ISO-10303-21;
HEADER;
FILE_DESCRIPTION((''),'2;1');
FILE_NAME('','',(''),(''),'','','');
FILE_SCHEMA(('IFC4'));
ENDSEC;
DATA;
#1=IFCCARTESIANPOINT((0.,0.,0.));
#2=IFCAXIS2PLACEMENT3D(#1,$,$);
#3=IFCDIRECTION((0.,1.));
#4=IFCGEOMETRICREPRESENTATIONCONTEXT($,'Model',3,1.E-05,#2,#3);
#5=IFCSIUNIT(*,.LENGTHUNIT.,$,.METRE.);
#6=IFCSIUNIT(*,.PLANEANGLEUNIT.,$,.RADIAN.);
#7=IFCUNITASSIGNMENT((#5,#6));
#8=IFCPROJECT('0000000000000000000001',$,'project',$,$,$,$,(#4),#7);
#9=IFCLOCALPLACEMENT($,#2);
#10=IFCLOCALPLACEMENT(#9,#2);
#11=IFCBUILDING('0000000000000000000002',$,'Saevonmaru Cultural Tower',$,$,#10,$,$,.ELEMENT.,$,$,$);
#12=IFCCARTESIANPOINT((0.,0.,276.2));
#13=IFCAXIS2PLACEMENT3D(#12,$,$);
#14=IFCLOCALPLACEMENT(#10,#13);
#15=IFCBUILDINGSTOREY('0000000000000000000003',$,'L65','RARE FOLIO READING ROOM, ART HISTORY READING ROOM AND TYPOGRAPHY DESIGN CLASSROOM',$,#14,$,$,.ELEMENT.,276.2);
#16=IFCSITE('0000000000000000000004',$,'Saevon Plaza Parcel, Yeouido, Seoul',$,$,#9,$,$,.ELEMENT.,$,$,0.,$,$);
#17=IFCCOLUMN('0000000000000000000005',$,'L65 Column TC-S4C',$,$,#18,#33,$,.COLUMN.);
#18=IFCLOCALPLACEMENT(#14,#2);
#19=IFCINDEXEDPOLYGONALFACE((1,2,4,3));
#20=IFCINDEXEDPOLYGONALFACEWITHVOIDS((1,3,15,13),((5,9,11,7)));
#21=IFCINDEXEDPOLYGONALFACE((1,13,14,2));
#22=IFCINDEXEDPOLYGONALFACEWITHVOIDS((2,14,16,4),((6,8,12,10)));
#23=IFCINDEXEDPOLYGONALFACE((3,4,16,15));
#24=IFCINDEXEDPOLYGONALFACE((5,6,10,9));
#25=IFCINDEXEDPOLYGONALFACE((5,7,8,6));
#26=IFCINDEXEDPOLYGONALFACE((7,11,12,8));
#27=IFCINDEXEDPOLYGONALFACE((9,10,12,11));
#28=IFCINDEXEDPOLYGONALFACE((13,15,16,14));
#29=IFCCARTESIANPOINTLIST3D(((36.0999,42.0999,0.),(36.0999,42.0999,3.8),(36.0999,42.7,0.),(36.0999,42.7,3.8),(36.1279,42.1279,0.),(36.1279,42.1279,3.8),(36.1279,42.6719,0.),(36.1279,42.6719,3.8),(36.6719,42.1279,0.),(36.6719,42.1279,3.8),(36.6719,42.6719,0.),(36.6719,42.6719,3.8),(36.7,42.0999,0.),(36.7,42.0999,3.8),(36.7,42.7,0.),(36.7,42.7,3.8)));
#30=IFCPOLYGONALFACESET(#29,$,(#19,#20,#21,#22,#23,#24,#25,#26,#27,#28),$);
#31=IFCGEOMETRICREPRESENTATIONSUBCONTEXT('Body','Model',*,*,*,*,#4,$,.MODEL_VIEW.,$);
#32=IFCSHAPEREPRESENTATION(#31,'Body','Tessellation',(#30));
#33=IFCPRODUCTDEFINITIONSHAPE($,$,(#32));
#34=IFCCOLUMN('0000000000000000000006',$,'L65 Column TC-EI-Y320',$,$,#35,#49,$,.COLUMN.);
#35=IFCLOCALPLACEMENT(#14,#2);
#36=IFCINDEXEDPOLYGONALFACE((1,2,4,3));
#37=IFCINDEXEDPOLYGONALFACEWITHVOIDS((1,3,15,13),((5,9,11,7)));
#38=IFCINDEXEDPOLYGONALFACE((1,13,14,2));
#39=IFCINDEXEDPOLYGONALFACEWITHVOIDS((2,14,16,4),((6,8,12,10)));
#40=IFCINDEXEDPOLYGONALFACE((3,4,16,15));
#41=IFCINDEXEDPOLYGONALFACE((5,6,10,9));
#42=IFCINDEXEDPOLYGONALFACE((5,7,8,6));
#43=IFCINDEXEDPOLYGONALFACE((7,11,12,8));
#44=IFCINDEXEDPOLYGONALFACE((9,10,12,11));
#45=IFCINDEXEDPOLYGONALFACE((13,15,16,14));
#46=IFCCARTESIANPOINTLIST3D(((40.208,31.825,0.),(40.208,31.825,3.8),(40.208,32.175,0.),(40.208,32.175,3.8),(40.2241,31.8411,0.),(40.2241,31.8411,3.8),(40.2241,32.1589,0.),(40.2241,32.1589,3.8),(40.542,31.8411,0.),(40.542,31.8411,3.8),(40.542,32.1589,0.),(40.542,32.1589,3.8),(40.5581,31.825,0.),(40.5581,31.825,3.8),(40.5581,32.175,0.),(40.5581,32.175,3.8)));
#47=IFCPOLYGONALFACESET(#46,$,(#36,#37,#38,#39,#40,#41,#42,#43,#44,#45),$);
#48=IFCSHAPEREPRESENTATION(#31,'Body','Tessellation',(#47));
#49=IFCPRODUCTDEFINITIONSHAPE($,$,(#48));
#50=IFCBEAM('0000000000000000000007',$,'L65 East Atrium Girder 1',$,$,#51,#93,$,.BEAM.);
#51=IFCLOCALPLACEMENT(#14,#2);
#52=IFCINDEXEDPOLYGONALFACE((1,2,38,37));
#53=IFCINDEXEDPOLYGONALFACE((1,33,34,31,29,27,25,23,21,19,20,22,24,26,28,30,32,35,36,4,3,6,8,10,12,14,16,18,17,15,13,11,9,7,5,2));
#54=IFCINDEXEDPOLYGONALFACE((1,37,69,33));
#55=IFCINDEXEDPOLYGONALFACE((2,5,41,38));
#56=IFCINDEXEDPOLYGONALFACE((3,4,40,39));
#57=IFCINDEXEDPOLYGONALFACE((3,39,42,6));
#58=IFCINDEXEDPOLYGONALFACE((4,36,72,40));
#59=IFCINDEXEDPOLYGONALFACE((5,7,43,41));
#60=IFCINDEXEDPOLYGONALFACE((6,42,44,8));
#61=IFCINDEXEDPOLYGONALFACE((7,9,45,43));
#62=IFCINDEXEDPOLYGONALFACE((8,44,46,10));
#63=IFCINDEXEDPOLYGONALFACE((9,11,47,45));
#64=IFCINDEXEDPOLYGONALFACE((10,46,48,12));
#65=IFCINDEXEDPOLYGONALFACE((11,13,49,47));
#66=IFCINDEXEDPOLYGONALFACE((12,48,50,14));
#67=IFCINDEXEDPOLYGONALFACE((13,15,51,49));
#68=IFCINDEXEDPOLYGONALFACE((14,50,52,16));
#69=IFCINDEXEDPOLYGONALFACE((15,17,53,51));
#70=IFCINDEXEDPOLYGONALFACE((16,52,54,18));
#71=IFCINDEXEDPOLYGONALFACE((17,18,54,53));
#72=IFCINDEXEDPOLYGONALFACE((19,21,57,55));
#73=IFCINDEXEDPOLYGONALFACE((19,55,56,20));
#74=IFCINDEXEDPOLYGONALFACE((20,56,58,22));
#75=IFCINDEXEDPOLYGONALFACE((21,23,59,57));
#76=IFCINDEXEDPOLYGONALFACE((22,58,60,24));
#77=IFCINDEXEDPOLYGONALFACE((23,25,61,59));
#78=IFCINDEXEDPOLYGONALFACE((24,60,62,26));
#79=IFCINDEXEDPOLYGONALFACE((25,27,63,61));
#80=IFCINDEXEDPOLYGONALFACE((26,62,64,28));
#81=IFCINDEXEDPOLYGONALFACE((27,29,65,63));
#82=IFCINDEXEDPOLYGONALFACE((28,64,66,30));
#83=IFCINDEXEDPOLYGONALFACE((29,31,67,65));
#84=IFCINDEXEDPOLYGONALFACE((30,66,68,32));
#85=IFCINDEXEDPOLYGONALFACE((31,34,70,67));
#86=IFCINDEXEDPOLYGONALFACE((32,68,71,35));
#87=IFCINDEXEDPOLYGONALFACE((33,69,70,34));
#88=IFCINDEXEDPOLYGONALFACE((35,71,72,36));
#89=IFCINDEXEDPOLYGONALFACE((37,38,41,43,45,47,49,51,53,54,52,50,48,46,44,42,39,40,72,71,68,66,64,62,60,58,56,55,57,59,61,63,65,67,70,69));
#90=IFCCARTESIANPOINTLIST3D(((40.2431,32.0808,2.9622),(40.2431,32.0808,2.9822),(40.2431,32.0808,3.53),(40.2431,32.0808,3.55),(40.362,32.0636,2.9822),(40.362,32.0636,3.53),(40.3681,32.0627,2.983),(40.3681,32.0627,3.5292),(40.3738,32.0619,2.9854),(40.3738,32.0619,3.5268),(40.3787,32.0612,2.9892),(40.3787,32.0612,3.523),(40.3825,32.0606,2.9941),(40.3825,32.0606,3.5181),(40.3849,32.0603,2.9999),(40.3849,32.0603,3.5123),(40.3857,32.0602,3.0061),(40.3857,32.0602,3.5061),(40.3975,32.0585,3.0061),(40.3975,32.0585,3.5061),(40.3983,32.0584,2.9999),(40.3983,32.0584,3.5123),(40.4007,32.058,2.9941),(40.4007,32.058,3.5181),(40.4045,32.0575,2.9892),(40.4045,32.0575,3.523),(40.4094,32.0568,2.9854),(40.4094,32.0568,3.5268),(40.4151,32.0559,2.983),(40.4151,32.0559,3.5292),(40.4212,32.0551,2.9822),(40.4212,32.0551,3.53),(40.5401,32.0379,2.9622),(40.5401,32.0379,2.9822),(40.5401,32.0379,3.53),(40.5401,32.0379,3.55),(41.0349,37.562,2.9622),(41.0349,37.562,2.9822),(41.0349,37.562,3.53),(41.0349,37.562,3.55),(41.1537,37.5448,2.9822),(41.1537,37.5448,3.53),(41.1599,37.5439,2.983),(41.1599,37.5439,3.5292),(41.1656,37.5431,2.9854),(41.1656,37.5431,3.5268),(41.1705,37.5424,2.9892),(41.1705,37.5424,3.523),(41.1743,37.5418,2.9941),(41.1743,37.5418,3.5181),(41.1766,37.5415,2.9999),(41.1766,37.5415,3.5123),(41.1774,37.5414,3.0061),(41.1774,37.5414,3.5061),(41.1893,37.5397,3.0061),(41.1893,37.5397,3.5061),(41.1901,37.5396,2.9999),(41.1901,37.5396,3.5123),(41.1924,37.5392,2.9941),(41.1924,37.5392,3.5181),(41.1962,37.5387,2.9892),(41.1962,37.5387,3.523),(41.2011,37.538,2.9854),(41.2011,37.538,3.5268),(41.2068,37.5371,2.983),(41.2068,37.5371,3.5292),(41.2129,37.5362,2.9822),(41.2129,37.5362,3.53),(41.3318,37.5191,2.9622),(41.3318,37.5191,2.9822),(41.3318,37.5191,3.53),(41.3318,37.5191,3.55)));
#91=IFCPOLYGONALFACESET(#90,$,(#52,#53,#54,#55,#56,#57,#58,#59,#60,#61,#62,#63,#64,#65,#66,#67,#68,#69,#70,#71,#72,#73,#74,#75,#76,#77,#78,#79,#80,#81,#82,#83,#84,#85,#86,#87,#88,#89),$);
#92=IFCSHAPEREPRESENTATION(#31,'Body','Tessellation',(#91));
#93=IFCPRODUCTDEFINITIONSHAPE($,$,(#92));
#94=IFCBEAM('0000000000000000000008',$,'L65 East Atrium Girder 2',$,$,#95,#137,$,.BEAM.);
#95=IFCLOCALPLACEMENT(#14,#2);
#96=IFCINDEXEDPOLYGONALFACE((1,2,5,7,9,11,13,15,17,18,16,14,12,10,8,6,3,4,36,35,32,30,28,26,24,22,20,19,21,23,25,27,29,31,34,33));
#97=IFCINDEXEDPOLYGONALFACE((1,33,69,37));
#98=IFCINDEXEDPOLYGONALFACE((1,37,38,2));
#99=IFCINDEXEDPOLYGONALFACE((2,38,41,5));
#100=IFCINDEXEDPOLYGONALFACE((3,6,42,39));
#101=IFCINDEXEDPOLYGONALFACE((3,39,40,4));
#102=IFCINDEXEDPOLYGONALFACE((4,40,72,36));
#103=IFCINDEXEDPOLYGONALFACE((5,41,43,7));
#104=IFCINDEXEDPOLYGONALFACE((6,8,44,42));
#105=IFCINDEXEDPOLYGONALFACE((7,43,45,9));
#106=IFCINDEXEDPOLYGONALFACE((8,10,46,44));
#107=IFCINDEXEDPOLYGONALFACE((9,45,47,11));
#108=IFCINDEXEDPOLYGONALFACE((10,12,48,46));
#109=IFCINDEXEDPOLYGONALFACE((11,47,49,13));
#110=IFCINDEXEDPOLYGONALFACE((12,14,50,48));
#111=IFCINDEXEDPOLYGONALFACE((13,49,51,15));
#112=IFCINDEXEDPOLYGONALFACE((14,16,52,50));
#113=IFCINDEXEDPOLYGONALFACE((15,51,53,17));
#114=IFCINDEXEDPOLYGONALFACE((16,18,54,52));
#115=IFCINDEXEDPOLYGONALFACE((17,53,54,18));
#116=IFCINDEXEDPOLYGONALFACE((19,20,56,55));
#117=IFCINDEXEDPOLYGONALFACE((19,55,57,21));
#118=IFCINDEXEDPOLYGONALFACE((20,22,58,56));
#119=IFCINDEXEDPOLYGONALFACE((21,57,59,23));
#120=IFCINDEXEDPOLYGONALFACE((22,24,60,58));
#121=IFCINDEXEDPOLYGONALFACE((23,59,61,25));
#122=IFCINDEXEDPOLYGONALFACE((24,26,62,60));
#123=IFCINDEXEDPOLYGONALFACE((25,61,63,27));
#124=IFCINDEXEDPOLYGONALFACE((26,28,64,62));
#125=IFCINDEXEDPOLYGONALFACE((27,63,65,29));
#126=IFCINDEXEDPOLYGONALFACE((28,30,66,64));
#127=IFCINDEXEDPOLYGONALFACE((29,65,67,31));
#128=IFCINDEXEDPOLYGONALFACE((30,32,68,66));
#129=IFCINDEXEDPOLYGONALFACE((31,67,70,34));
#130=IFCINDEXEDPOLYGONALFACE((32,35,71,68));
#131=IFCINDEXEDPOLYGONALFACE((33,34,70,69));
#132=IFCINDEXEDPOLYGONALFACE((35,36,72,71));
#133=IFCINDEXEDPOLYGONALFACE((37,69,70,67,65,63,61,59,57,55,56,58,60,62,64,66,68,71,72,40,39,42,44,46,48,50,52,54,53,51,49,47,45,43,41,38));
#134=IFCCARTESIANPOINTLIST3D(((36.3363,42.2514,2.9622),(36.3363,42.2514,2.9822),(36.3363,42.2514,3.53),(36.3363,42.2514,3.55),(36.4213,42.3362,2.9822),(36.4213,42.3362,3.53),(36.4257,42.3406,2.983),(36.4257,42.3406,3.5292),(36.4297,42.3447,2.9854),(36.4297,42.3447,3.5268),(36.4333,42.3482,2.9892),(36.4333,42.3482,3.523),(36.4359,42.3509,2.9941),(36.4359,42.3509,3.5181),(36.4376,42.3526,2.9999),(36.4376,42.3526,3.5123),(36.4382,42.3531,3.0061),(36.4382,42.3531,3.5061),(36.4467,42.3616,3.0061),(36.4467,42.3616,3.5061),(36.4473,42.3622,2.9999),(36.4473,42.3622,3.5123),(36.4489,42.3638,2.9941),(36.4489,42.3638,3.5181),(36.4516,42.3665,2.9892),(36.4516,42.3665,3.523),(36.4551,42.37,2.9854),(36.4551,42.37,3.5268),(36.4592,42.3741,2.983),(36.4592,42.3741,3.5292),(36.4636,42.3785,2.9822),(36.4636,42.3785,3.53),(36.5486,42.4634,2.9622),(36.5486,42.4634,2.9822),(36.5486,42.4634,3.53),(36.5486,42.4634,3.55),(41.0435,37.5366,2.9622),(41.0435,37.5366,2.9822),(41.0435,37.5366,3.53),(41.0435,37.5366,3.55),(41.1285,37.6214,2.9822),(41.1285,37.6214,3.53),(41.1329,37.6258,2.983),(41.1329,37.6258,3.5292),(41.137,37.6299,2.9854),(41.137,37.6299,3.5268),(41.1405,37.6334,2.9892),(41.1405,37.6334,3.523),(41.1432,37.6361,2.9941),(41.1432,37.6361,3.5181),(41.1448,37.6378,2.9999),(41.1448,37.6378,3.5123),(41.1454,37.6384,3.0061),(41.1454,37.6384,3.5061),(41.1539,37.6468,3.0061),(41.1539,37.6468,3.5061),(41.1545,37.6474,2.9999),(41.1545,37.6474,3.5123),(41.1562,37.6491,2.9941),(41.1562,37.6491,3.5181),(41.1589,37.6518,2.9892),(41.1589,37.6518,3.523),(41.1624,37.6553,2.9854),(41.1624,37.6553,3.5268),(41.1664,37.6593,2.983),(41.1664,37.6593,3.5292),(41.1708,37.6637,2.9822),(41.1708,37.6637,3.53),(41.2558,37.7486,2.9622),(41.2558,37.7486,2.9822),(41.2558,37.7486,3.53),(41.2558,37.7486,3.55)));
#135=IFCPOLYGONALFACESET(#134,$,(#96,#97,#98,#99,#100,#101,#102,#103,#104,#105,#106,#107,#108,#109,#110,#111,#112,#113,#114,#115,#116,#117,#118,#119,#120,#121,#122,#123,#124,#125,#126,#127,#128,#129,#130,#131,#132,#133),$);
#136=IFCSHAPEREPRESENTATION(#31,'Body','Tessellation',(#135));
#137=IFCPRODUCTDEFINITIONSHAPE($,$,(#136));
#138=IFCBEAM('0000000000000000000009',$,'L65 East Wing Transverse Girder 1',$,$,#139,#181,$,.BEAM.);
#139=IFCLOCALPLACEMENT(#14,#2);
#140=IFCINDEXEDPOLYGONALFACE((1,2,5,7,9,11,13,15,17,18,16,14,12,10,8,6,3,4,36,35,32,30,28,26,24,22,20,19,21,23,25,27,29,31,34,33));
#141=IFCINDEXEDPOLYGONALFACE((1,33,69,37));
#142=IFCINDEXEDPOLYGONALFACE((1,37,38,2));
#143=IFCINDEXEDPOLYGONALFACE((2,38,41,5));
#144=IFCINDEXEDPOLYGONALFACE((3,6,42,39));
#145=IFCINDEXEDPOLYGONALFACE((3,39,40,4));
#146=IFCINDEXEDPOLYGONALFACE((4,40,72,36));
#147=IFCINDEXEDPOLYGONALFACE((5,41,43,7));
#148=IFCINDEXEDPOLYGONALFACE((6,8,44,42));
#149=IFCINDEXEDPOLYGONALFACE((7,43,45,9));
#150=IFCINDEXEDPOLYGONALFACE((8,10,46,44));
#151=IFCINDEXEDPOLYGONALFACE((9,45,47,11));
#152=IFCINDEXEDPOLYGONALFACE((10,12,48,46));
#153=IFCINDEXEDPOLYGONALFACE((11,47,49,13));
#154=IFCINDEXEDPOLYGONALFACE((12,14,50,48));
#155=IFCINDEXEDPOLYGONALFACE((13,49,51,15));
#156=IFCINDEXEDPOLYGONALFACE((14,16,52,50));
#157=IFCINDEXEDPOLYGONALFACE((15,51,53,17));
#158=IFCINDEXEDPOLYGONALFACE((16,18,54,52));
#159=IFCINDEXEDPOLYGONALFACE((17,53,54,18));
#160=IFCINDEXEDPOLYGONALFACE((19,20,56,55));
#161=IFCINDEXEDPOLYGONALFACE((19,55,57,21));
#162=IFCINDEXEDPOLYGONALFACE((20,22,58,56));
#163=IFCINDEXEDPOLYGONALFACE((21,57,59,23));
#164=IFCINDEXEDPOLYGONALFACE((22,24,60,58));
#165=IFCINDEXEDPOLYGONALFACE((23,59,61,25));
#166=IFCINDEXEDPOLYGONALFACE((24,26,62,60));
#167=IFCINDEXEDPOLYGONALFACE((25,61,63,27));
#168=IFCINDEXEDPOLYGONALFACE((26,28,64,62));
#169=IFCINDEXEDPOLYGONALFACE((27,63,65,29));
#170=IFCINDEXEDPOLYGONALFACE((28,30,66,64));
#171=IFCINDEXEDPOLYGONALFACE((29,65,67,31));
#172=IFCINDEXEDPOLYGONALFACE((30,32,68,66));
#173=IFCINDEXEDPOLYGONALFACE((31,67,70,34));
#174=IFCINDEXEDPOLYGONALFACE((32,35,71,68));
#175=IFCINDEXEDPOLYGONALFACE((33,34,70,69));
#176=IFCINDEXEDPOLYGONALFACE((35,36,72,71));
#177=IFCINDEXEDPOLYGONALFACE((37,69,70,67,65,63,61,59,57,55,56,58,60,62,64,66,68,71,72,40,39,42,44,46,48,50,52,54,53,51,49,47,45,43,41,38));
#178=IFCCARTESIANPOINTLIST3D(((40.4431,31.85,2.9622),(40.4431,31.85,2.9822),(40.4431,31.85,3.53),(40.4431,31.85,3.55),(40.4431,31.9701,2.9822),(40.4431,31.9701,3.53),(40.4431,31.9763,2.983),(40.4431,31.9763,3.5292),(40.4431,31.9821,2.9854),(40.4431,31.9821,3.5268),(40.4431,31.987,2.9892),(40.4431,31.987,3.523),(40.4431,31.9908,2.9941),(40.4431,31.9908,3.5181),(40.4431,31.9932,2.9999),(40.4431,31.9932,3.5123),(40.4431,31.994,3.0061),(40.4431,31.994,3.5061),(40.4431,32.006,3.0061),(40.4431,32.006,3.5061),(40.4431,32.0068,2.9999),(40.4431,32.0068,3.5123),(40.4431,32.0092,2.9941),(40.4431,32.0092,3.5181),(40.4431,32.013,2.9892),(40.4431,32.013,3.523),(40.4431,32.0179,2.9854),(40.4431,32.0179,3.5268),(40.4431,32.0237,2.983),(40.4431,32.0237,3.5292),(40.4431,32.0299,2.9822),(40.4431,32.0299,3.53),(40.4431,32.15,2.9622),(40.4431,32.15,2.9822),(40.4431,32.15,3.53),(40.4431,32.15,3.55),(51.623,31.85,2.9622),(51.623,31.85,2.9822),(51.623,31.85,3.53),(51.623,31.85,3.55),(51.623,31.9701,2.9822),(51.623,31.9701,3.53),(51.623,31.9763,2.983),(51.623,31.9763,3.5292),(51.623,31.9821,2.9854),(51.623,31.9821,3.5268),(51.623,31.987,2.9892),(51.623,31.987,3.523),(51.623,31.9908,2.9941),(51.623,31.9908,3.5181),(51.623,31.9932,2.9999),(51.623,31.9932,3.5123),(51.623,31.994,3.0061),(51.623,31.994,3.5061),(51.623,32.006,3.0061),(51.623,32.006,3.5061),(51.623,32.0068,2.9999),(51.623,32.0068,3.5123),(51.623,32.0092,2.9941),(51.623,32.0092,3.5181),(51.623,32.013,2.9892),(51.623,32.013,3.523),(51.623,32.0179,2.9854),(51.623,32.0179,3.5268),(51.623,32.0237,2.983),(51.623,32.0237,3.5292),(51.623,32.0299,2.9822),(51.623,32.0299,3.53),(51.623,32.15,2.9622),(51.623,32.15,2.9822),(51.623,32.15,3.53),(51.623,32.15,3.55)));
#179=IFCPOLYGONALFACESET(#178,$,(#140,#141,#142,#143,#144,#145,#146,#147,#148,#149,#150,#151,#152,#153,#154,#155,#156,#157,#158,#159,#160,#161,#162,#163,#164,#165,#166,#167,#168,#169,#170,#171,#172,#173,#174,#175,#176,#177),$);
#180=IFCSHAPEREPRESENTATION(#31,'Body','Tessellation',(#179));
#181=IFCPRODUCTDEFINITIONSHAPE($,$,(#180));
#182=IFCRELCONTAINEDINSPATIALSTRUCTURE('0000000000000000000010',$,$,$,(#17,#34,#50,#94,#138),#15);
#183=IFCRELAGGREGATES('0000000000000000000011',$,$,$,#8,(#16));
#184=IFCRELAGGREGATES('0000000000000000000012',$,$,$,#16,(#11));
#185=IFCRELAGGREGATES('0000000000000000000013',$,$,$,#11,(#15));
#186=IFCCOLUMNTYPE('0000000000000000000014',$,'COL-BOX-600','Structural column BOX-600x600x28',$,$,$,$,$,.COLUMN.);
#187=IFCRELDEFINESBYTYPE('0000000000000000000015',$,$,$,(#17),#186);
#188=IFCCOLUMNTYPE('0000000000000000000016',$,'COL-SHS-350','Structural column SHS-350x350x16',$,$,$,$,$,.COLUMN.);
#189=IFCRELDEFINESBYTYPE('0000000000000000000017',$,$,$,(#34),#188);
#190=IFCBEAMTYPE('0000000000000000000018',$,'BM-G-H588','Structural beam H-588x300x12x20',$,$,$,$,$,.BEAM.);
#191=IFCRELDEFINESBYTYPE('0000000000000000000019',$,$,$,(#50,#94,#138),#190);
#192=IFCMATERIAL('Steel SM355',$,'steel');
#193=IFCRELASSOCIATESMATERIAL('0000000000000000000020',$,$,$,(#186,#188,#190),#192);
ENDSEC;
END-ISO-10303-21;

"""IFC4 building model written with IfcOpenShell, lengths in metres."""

from ifc_helpers import new_model, si_unit, direction, frame, origin, origin_2d, place, context, subcontext, project, spatial, hollow_rectangle, i_section, extrude, material, material_profile, profile_set, type_object, element, save


model = new_model("IFC4")

# Units and contexts
model_context = context("Model", 3, precision=1e-05, world=origin(), true_north=direction((0.0, 1.0)))
body_context = subcontext(model_context, "Body", "Model", "MODEL_VIEW")
ifc_project = project(units=[si_unit("LENGTHUNIT", "METRE"), si_unit("PLANEANGLEUNIT", "RADIAN")], contexts=[model_context])

# Site, building, storey
site_placement = place(None, origin())
site = spatial("IfcSite", under=ifc_project, at=site_placement, Name="Saevon Plaza Parcel, Yeouido, Seoul", CompositionType="ELEMENT", RefElevation=0.0)
building_placement = place(site_placement, origin())
building = spatial("IfcBuilding", under=site, at=building_placement, Name="Saevonmaru Cultural Tower", CompositionType="ELEMENT")
storey_placement = place(building_placement, frame((0.0, 0.0, 276.2)))
storey = spatial("IfcBuildingStorey", under=building, at=storey_placement, Name="L65", Description="RARE FOLIO READING ROOM, ART HISTORY READING ROOM AND TYPOGRAPHY DESIGN CLASSROOM", CompositionType="ELEMENT", Elevation=276.2)

# Columns
ifc_material_1 = material(Name="Steel SM355", Category="steel")
ifc_material_profile_1 = material_profile(ifc_material_1, hollow_rectangle(XDim=0.6001, YDim=0.6001, WallThickness=0.0281, at=origin_2d()), Name="BOX-600x600x28")
ifc_profile_set_1 = profile_set([ifc_material_profile_1], Name="Steel SM355")
column_type_1 = type_object("IfcColumnType", Name="COL-BOX-600", Description="Structural column BOX-600x600x28", PredefinedType="COLUMN", material=ifc_profile_set_1)
column_1_placement = place(storey_placement, frame((36.3999, 42.3999, 0.0), z_axis=(0.0, 0.0, 1.0), x_axis=(1.0, 0.0, 0.0)))
element("IfcColumn", 1, at=column_1_placement, inside=storey, type_object=column_type_1, Name="L65 Column TC-S4C", PredefinedType="COLUMN", context=body_context, shape_type="SweptSolid", body=[
    extrude(hollow_rectangle(XDim=0.6001, YDim=0.6001, WallThickness=0.0281, at=origin_2d()), origin(), (0.0, 0.0, 1.0), 3.8),
])
ifc_material_profile_2 = material_profile(ifc_material_1, hollow_rectangle(XDim=0.3501, YDim=0.3501, WallThickness=0.0161, at=origin_2d()), Name="SHS-350x350x16")
ifc_profile_set_2 = profile_set([ifc_material_profile_2], Name="Steel SM355")
column_type_2 = type_object("IfcColumnType", Name="COL-SHS-350", Description="Structural column SHS-350x350x16", PredefinedType="COLUMN", material=ifc_profile_set_2)
column_2_placement = place(storey_placement, frame((40.3831, 32.0, 0.0), z_axis=(0.0, 0.0, 1.0), x_axis=(1.0, 0.0, 0.0)))
element("IfcColumn", 2, at=column_2_placement, inside=storey, type_object=column_type_2, Name="L65 Column TC-EI-Y320", PredefinedType="COLUMN", context=body_context, shape_type="SweptSolid", body=[
    extrude(hollow_rectangle(XDim=0.3501, YDim=0.3501, WallThickness=0.0161, at=origin_2d()), origin(), (0.0, 0.0, 1.0), 3.8),
])

# Beams
ifc_material_profile_3 = material_profile(ifc_material_1, i_section(OverallWidth=0.3, OverallDepth=0.5879, WebThickness=0.012, FlangeThickness=0.02, FilletRadius=0.0239, at=origin_2d()), Name="H-588x300x12x20")
ifc_profile_set_3 = profile_set([ifc_material_profile_3], Name="Steel SM355")
beam_type_1 = type_object("IfcBeamType", Name="BM-G-H588", Description="Structural beam H-588x300x12x20", PredefinedType="BEAM", material=ifc_profile_set_3)
beam_1_placement = place(storey_placement, frame((40.3916, 32.0593, 3.2561), z_axis=(0.142964, 0.989728, 0.0), x_axis=(-0.989728, 0.142964, 0.0)))
element("IfcBeam", 3, at=beam_1_placement, inside=storey, type_object=beam_type_1, Name="L65 East Atrium Girder 1", PredefinedType="BEAM", context=body_context, shape_type="SweptSolid", body=[
    extrude(i_section(OverallWidth=0.3, OverallDepth=0.5879, WebThickness=0.012, FlangeThickness=0.02, FilletRadius=0.0239, at=origin_2d()), origin(), (0.0, 0.0, 1.0), 5.5381),
])
beam_2_placement = place(storey_placement, frame((41.1497, 37.6426, 3.2561), z_axis=(-0.706539, 0.707675, 0.0), x_axis=(-0.707675, -0.706539, 0.0)))
element("IfcBeam", 4, at=beam_2_placement, inside=storey, type_object=beam_type_1, Name="L65 East Atrium Girder 2", PredefinedType="BEAM", context=body_context, shape_type="SweptSolid", body=[
    extrude(i_section(OverallWidth=0.3, OverallDepth=0.5879, WebThickness=0.012, FlangeThickness=0.02, FilletRadius=0.0239, at=origin_2d()), origin(), (0.0, 0.0, 1.0), 6.6624),
])
beam_3_placement = place(storey_placement, frame((40.4431, 32.0, 3.2561), z_axis=(1.0, 0.0, 0.0), x_axis=(0.0, 1.0, 0.0)))
element("IfcBeam", 5, at=beam_3_placement, inside=storey, type_object=beam_type_1, Name="L65 East Wing Transverse Girder 1", PredefinedType="BEAM", context=body_context, shape_type="SweptSolid", body=[
    extrude(i_section(OverallWidth=0.3, OverallDepth=0.5879, WebThickness=0.012, FlangeThickness=0.02, FilletRadius=0.0239, at=origin_2d()), origin(), (0.0, 0.0, 1.0), 11.1799),
])

save(model, "model.ifc")
